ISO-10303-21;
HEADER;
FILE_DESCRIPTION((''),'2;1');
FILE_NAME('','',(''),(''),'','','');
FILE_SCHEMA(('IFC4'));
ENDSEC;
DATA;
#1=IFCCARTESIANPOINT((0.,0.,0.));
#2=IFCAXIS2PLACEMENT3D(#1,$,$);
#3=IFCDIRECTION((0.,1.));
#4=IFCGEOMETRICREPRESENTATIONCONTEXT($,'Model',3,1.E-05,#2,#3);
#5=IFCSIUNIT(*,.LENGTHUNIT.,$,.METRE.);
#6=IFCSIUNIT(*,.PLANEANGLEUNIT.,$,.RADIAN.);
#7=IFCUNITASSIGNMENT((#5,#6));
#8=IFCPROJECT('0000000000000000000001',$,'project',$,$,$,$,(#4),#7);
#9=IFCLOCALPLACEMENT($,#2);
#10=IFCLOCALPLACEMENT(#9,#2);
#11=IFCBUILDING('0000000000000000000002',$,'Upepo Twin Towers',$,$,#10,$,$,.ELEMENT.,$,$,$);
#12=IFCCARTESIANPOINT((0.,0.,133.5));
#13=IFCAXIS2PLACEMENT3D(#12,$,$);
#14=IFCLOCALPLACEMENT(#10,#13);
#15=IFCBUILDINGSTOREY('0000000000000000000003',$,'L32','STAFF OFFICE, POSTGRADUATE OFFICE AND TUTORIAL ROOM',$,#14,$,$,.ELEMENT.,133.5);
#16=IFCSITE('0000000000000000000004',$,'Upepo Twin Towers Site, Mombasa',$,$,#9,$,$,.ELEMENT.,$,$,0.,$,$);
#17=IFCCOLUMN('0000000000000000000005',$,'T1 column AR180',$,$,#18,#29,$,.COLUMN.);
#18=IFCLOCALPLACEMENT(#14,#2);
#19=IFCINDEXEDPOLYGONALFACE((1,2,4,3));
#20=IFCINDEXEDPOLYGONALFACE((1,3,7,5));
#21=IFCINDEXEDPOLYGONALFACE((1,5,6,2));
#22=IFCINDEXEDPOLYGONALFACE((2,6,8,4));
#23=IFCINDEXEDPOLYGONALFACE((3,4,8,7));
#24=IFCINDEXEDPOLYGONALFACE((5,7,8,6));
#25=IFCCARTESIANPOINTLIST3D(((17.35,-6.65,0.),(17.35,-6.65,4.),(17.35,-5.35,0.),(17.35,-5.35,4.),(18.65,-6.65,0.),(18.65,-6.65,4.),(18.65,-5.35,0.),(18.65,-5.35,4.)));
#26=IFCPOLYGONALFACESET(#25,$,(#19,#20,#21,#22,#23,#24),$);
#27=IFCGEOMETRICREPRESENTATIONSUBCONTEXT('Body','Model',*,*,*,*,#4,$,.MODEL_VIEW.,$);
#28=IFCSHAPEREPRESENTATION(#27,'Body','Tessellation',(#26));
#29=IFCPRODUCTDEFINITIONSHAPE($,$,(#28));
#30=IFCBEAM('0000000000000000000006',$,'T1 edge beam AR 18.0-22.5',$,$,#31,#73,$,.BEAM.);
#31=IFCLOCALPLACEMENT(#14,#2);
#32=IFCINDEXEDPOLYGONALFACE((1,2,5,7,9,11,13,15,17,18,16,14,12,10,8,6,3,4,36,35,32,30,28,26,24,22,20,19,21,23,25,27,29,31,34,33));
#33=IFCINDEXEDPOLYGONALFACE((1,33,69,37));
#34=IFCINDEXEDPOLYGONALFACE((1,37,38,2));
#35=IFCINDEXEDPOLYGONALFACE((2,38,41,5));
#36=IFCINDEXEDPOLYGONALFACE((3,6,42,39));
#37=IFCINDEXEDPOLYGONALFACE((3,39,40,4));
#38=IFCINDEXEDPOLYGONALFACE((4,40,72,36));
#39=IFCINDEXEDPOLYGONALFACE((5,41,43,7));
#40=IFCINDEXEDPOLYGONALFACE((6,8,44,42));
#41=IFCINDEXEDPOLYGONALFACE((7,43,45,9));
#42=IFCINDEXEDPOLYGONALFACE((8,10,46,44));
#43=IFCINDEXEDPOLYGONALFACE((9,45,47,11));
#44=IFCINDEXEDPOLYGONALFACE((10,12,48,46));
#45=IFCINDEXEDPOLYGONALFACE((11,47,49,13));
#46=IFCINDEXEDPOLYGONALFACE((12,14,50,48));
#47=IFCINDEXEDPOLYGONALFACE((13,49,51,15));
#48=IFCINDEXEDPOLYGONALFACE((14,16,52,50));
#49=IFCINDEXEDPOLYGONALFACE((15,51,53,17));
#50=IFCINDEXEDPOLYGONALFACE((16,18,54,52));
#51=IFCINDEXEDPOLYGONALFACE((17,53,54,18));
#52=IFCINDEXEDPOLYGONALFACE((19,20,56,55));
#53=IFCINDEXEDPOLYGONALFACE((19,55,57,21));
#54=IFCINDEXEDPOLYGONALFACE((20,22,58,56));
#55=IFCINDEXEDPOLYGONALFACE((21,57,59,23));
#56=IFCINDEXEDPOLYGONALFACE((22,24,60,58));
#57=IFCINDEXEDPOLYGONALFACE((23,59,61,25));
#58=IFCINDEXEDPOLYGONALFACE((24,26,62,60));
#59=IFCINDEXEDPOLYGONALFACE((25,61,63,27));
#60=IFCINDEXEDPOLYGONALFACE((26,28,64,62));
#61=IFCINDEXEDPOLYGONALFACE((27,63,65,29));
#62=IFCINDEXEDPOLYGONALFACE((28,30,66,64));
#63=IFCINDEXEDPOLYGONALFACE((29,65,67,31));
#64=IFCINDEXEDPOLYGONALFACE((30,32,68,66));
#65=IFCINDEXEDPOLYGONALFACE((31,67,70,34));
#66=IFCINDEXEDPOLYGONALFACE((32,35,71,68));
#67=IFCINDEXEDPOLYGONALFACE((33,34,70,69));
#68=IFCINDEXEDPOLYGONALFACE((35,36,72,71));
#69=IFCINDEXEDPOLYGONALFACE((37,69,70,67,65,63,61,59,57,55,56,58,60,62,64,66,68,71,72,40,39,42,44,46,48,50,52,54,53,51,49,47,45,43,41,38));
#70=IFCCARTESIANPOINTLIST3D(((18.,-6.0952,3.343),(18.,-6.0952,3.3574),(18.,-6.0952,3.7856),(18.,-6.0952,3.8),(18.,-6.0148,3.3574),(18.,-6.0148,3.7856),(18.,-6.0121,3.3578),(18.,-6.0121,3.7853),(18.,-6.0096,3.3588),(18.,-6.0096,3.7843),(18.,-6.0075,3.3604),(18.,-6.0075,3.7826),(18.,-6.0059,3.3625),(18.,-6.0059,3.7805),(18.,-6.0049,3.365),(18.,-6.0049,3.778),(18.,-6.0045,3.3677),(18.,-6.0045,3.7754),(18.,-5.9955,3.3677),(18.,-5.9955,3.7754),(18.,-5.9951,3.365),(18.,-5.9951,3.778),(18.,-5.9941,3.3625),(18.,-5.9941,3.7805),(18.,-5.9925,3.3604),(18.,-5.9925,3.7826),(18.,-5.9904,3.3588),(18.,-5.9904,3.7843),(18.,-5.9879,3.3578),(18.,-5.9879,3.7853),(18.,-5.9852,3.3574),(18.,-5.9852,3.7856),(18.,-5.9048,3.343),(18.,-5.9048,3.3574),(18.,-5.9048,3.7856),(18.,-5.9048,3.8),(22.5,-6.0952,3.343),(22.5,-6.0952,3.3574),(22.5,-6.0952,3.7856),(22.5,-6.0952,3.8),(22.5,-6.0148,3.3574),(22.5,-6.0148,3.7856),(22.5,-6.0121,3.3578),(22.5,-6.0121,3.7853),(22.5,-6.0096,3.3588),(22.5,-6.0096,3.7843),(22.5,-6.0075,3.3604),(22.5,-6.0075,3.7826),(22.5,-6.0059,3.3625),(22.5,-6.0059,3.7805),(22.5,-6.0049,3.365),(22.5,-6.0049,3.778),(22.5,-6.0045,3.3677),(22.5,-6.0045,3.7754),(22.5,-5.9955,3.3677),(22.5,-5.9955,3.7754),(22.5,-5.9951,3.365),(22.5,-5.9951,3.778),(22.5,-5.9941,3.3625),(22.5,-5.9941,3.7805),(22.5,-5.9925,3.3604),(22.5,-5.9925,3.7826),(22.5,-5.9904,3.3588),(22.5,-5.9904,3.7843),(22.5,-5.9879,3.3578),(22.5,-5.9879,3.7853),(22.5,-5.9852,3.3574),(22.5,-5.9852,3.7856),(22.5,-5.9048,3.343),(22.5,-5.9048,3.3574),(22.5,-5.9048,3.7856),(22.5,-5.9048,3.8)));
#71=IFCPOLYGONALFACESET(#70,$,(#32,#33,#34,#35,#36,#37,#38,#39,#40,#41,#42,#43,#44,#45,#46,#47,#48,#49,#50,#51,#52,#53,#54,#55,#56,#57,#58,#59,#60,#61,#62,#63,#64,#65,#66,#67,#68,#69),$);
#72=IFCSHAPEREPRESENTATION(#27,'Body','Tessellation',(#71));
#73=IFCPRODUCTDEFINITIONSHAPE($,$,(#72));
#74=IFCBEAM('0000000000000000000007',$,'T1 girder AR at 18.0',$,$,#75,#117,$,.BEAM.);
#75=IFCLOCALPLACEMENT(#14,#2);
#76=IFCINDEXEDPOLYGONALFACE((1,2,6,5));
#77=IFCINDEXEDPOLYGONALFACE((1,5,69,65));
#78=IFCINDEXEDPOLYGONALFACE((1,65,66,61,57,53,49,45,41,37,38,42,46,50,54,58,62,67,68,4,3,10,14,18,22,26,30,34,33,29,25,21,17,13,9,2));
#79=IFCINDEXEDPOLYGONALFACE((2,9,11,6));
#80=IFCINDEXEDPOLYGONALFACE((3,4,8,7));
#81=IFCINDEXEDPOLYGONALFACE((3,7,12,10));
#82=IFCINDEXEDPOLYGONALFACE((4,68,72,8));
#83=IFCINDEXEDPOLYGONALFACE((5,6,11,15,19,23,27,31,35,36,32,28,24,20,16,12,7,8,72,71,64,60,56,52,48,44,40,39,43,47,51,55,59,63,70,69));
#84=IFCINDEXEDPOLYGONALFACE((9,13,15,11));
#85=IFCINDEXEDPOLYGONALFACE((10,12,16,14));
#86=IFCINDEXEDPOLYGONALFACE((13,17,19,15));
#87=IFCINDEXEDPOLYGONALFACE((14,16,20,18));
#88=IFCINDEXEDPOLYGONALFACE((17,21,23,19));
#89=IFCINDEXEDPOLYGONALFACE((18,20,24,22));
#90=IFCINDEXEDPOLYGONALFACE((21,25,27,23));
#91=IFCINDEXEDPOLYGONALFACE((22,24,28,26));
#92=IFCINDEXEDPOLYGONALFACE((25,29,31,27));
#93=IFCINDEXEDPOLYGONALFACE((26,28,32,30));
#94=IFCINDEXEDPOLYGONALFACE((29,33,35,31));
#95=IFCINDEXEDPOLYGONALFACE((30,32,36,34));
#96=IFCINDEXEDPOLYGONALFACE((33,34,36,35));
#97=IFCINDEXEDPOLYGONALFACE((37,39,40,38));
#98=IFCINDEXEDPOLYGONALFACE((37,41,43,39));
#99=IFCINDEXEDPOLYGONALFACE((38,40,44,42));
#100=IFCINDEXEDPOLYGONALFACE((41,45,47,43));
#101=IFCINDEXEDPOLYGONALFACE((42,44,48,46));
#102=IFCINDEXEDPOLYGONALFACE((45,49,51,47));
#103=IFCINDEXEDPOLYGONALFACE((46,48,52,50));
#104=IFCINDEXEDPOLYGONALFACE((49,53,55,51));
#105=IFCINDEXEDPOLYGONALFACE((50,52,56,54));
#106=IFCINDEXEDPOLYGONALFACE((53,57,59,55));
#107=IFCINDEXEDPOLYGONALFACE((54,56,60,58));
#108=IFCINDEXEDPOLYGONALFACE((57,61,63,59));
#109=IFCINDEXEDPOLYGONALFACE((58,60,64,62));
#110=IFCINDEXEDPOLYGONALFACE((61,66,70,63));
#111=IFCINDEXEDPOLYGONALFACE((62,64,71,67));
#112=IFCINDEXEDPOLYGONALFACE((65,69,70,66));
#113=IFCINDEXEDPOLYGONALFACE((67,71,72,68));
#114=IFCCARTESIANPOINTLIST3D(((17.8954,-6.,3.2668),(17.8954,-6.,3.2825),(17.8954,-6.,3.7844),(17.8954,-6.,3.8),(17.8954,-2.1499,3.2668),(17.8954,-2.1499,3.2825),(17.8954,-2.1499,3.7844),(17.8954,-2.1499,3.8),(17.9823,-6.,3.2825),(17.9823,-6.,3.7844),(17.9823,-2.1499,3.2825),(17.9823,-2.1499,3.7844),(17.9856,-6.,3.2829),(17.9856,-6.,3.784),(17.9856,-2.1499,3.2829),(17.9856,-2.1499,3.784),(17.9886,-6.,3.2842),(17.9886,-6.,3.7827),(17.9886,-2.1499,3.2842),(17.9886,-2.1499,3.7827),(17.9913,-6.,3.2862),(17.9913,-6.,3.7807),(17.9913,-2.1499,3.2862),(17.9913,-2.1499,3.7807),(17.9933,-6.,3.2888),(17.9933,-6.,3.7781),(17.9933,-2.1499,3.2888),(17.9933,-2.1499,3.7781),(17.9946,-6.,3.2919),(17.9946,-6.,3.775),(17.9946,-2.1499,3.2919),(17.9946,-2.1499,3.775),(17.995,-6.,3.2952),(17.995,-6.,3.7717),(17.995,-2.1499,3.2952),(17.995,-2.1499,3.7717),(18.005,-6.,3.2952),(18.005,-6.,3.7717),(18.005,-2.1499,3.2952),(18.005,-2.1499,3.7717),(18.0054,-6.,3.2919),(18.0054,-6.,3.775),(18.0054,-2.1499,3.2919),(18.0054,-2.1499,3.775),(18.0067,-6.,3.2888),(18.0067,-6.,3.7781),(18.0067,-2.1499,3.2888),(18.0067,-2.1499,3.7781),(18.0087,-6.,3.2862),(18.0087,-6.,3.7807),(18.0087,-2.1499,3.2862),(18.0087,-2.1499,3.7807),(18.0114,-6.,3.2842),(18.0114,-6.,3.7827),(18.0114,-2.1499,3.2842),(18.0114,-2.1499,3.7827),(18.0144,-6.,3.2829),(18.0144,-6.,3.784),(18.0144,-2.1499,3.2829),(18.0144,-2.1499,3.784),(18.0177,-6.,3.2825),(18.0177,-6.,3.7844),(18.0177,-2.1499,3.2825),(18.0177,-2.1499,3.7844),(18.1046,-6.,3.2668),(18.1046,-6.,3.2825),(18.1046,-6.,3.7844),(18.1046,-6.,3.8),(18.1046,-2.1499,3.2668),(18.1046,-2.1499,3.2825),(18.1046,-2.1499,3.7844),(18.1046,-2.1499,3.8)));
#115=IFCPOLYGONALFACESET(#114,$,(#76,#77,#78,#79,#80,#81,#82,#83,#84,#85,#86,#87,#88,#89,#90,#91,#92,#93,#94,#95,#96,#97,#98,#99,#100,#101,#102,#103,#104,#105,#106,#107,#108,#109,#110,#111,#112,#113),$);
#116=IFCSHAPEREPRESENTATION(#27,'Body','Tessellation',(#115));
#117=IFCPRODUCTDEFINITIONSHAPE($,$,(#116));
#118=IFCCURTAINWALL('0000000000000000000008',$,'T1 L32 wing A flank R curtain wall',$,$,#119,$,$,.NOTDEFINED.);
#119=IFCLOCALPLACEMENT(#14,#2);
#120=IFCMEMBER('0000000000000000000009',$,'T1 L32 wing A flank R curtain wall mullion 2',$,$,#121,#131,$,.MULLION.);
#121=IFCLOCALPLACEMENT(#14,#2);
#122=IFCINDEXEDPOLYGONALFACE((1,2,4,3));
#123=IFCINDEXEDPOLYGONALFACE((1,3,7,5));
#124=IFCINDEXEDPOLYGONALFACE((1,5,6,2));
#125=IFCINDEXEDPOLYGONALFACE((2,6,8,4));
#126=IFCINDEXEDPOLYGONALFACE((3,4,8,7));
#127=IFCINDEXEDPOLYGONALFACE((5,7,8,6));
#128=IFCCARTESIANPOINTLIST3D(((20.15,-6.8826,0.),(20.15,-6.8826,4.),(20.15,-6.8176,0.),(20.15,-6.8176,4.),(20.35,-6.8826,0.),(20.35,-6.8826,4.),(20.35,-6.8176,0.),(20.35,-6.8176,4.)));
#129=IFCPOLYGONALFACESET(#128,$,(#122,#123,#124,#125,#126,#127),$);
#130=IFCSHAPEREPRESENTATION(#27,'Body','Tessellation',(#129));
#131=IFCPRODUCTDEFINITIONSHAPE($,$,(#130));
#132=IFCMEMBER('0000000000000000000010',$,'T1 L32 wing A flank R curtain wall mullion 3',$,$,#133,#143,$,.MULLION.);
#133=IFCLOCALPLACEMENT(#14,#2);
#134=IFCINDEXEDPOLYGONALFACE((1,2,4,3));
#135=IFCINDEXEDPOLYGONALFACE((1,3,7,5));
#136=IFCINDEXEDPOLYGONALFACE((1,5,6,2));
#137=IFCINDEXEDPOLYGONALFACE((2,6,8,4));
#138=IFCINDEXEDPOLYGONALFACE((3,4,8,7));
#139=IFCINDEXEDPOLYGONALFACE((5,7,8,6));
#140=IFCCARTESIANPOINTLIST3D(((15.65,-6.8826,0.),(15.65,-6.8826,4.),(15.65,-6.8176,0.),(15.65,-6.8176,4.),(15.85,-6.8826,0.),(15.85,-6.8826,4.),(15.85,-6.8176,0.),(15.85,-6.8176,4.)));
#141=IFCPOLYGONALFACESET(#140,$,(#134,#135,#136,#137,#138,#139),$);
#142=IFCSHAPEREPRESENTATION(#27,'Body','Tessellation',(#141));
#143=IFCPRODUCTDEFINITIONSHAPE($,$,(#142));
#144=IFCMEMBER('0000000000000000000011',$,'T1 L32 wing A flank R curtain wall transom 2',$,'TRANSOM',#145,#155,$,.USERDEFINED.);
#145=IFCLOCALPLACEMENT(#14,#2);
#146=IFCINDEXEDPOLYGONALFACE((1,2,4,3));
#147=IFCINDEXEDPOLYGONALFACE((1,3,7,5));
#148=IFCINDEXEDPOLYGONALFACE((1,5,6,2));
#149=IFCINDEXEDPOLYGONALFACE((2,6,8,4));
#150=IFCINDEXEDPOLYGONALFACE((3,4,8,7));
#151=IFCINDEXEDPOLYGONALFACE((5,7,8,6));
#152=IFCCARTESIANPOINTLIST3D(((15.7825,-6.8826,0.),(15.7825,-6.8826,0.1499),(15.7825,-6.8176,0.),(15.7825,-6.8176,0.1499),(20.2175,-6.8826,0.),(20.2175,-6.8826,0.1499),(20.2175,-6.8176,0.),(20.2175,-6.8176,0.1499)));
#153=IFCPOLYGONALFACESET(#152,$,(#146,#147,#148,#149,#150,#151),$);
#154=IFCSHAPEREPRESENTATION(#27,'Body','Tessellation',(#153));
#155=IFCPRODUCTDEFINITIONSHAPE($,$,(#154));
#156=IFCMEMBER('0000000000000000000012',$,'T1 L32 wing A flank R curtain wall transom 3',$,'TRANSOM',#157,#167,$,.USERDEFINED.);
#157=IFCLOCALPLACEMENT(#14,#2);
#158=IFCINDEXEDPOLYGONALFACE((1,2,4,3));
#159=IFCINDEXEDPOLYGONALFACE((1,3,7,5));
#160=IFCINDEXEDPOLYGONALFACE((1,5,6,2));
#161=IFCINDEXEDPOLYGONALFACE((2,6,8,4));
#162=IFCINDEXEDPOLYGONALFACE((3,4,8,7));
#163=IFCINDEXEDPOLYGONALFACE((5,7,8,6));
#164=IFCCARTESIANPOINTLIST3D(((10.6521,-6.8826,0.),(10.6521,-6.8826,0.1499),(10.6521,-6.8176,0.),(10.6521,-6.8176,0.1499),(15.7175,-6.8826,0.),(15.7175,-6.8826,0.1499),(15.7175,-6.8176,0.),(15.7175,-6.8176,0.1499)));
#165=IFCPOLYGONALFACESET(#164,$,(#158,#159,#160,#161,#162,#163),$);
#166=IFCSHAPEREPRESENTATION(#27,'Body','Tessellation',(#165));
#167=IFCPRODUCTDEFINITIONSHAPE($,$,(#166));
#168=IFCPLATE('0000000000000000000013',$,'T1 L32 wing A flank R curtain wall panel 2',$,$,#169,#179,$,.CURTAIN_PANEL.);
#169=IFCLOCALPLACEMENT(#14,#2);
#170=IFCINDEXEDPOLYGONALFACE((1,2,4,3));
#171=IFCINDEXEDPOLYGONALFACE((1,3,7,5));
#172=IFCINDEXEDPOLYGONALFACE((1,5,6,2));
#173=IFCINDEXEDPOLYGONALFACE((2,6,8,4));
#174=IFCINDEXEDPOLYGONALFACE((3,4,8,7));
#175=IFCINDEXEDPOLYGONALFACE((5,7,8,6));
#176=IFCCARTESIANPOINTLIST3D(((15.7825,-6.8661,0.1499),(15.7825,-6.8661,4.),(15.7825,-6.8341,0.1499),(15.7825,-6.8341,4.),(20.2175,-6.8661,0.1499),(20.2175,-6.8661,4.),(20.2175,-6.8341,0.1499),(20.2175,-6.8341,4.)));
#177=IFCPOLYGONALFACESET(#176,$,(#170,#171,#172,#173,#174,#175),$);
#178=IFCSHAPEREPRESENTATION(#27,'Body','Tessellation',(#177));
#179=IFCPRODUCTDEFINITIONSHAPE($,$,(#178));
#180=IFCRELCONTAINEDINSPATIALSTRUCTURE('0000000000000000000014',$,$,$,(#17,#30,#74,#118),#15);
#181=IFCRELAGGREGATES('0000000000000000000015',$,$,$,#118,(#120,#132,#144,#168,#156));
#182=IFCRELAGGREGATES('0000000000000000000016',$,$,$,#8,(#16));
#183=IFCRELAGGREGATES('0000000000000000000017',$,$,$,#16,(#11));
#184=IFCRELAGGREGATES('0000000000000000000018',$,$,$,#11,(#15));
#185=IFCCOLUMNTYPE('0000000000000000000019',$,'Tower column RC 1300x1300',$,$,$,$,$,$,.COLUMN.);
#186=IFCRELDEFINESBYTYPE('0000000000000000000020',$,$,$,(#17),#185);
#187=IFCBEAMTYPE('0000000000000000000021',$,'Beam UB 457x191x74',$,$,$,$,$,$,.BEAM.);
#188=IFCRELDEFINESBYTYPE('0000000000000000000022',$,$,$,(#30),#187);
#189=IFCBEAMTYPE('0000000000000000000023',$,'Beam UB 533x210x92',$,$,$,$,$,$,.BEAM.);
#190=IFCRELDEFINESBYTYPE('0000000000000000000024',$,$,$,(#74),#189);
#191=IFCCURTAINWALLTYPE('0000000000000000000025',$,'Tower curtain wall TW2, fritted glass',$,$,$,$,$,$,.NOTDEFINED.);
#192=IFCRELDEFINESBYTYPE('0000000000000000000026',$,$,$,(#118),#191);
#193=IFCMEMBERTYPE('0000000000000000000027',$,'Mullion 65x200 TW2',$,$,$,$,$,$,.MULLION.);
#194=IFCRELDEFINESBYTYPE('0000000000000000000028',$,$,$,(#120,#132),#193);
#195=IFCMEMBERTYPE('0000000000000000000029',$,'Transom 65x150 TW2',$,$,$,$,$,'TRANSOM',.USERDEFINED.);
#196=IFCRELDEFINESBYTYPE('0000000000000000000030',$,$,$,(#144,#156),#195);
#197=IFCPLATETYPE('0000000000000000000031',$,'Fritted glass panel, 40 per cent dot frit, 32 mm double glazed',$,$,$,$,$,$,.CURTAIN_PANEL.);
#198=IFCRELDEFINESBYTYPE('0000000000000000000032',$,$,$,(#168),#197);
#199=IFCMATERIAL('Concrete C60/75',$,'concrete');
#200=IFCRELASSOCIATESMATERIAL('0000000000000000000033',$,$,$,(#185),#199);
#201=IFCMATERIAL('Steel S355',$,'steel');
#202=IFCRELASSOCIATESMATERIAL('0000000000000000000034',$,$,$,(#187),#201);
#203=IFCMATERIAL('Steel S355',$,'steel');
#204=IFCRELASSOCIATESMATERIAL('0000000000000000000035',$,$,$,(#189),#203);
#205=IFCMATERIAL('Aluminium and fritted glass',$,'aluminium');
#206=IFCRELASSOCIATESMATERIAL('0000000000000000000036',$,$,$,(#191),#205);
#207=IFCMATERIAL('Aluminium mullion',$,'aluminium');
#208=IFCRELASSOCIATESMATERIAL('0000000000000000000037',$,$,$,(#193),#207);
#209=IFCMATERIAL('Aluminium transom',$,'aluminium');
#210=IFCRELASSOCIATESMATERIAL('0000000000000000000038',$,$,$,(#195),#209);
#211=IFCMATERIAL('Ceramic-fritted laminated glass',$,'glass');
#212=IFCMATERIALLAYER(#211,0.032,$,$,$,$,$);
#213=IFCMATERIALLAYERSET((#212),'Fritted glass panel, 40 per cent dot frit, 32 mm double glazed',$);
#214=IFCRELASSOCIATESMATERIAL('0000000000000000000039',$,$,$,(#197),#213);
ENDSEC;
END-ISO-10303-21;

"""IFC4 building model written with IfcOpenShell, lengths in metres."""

from ifc_helpers import new_model, si_unit, direction, frame, origin, origin_2d, place, context, subcontext, project, spatial, rectangle, i_section, extrude, material, layer, layer_set, material_profile, profile_set, type_object, element, aggregate, save


model = new_model("IFC4")

# Units and contexts
model_context = context("Model", 3, precision=1e-05, world=origin(), true_north=direction((0.0, 1.0)))
body_context = subcontext(model_context, "Body", "Model", "MODEL_VIEW")
ifc_project = project(units=[si_unit("LENGTHUNIT", "METRE"), si_unit("PLANEANGLEUNIT", "RADIAN")], contexts=[model_context])

# Site, building, storey
site_placement = place(None, origin())
site = spatial("IfcSite", under=ifc_project, at=site_placement, Name="Upepo Twin Towers Site, Mombasa", CompositionType="ELEMENT", RefElevation=0.0)
building_placement = place(site_placement, origin())
building = spatial("IfcBuilding", under=site, at=building_placement, Name="Upepo Twin Towers", CompositionType="ELEMENT")
storey_placement = place(building_placement, frame((0.0, 0.0, 133.5)))
storey = spatial("IfcBuildingStorey", under=building, at=storey_placement, Name="L32", Description="STAFF OFFICE, POSTGRADUATE OFFICE AND TUTORIAL ROOM", CompositionType="ELEMENT", Elevation=133.5)

# Column
ifc_material_1 = material(Name="Concrete C60/75", Category="concrete")
ifc_material_profile_1 = material_profile(ifc_material_1, rectangle(XDim=1.3, YDim=1.3, at=origin_2d()), Name="RC 1300x1300")
ifc_profile_set_1 = profile_set([ifc_material_profile_1], Name="Concrete C60/75")
column_type = type_object("IfcColumnType", Name="Tower column RC 1300x1300", PredefinedType="COLUMN", material=ifc_profile_set_1)
column_placement = place(storey_placement, frame((18.0, -6.0, 0.0), z_axis=(0.0, 0.0, 1.0), x_axis=(1.0, 0.0, 0.0)))
element("IfcColumn", 1, at=column_placement, inside=storey, type_object=column_type, Name="T1 column AR180", PredefinedType="COLUMN", context=body_context, shape_type="SweptSolid", body=[
    extrude(rectangle(XDim=1.3, YDim=1.3, at=origin_2d()), origin(), (0.0, 0.0, 1.0), 4.0),
])

# Beams
ifc_material_2 = material(Name="Steel S355", Category="steel")
ifc_material_profile_2 = material_profile(ifc_material_2, i_section(OverallWidth=0.1904, OverallDepth=0.457, WebThickness=0.009, FlangeThickness=0.0144, FilletRadius=0.0103, at=origin_2d()), Name="UB 457x191x74")
ifc_profile_set_2 = profile_set([ifc_material_profile_2], Name="Steel S355")
beam_type_1 = type_object("IfcBeamType", Name="Beam UB 457x191x74", PredefinedType="BEAM", material=ifc_profile_set_2)
beam_1_placement = place(storey_placement, frame((18.0, -6.0, 3.5715), z_axis=(1.0, 0.0, 0.0), x_axis=(0.0, 1.0, 0.0)))
element("IfcBeam", 2, at=beam_1_placement, inside=storey, type_object=beam_type_1, Name="T1 edge beam AR 18.0-22.5", PredefinedType="BEAM", context=body_context, shape_type="SweptSolid", body=[
    extrude(i_section(OverallWidth=0.1904, OverallDepth=0.457, WebThickness=0.009, FlangeThickness=0.0144, FilletRadius=0.0103, at=origin_2d()), origin(), (0.0, 0.0, 1.0), 4.5),
])
ifc_material_3 = material(Name="Steel S355", Category="steel")
ifc_material_profile_3 = material_profile(ifc_material_3, i_section(OverallWidth=0.2092, OverallDepth=0.5332, WebThickness=0.01, FlangeThickness=0.0156, FilletRadius=0.0127, at=origin_2d()), Name="UB 533x210x92")
ifc_profile_set_3 = profile_set([ifc_material_profile_3], Name="Steel S355")
beam_type_2 = type_object("IfcBeamType", Name="Beam UB 533x210x92", PredefinedType="BEAM", material=ifc_profile_set_3)
beam_2_placement = place(storey_placement, frame((18.0, -6.0, 3.5334), z_axis=(0.0, 1.0, 0.0), x_axis=(-1.0, 0.0, 0.0)))
element("IfcBeam", 3, at=beam_2_placement, inside=storey, type_object=beam_type_2, Name="T1 girder AR at 18.0", PredefinedType="BEAM", context=body_context, shape_type="SweptSolid", body=[
    extrude(i_section(OverallWidth=0.2092, OverallDepth=0.5332, WebThickness=0.01, FlangeThickness=0.0156, FilletRadius=0.0127, at=origin_2d()), origin(), (0.0, 0.0, 1.0), 3.8501),
])

# Curtain wall, members, plate
ifc_material_4 = material(Name="Aluminium and fritted glass", Category="aluminium")
curtain_wall_type = type_object("IfcCurtainWallType", Name="Tower curtain wall TW2, fritted glass", PredefinedType="NOTDEFINED", material=ifc_material_4)
curtain_wall_placement = place(storey_placement, origin())
curtain_wall = element("IfcCurtainWall", 4, at=curtain_wall_placement, inside=storey, type_object=curtain_wall_type, Name="T1 L32 wing A flank R curtain wall", PredefinedType="NOTDEFINED")
ifc_material_5 = material(Name="Aluminium mullion", Category="aluminium")
ifc_material_profile_4 = material_profile(ifc_material_5, rectangle(XDim=0.0649, YDim=0.2, at=origin_2d()), Name="MULLION 65x200")
ifc_profile_set_4 = profile_set([ifc_material_profile_4], Name="Aluminium mullion")
member_type_1 = type_object("IfcMemberType", Name="Mullion 65x200 TW2", PredefinedType="MULLION", material=ifc_profile_set_4)
member_1_placement = place(storey_placement, frame((20.25, -6.8501, 0.0), z_axis=(0.0, 0.0, 1.0), x_axis=(0.0, -1.0, 0.0)))
member_1 = element("IfcMember", 5, at=member_1_placement, type_object=member_type_1, Name="T1 L32 wing A flank R curtain wall mullion 2", PredefinedType="MULLION", context=body_context, shape_type="SweptSolid", body=[
    extrude(rectangle(XDim=0.0649, YDim=0.2, at=origin_2d()), origin(), (0.0, 0.0, 1.0), 4.0),
])
member_2_placement = place(storey_placement, frame((15.75, -6.8501, 0.0), z_axis=(0.0, 0.0, 1.0), x_axis=(0.0, -1.0, 0.0)))
member_2 = element("IfcMember", 6, at=member_2_placement, type_object=member_type_1, Name="T1 L32 wing A flank R curtain wall mullion 3", PredefinedType="MULLION", context=body_context, shape_type="SweptSolid", body=[
    extrude(rectangle(XDim=0.0649, YDim=0.2, at=origin_2d()), origin(), (0.0, 0.0, 1.0), 4.0),
])
ifc_material_6 = material(Name="Aluminium transom", Category="aluminium")
ifc_material_profile_5 = material_profile(ifc_material_6, rectangle(XDim=0.0649, YDim=0.1499, at=origin_2d()), Name="TRANSOM 65x150")
ifc_profile_set_5 = profile_set([ifc_material_profile_5], Name="Aluminium transom")
member_type_2 = type_object("IfcMemberType", Name="Transom 65x150 TW2", ElementType="TRANSOM", PredefinedType="USERDEFINED", material=ifc_profile_set_5)
member_3_placement = place(storey_placement, frame((20.2175, -6.8501, 0.075), z_axis=(-1.0, 0.0, 0.0), x_axis=(0.0, -1.0, 0.0)))
member_3 = element("IfcMember", 7, at=member_3_placement, type_object=member_type_2, Name="T1 L32 wing A flank R curtain wall transom 2", ObjectType="TRANSOM", PredefinedType="USERDEFINED", context=body_context, shape_type="SweptSolid", body=[
    extrude(rectangle(XDim=0.0649, YDim=0.1499, at=origin_2d()), origin(), (0.0, 0.0, 1.0), 4.4351),
])
member_4_placement = place(storey_placement, frame((15.7175, -6.8501, 0.075), z_axis=(-1.0, 0.0, 0.0), x_axis=(0.0, -1.0, 0.0)))
member_4 = element("IfcMember", 8, at=member_4_placement, type_object=member_type_2, Name="T1 L32 wing A flank R curtain wall transom 3", ObjectType="TRANSOM", PredefinedType="USERDEFINED", context=body_context, shape_type="SweptSolid", body=[
    extrude(rectangle(XDim=0.0649, YDim=0.1499, at=origin_2d()), origin(), (0.0, 0.0, 1.0), 5.0654),
])
ifc_material_7 = material(Name="Ceramic-fritted laminated glass", Category="glass")
ifc_layer_1 = layer(ifc_material_7, 0.032)
ifc_layer_set_1 = layer_set([ifc_layer_1], Name="Fritted glass panel, 40 per cent dot frit, 32 mm double glazed")
plate_type = type_object("IfcPlateType", Name="Fritted glass panel, 40 per cent dot frit, 32 mm double glazed", PredefinedType="CURTAIN_PANEL", material=ifc_layer_set_1)
plate_placement = place(storey_placement, frame((18.0, -6.8501, 0.1499), z_axis=(0.0, 0.0, 1.0), x_axis=(-1.0, 0.0, 0.0)))
plate = element("IfcPlate", 9, at=plate_placement, type_object=plate_type, Name="T1 L32 wing A flank R curtain wall panel 2", PredefinedType="CURTAIN_PANEL", context=body_context, shape_type="SweptSolid", body=[
    extrude(rectangle(XDim=4.4351, YDim=0.032, at=origin_2d()), origin(), (0.0, 0.0, 1.0), 3.8501),
])
aggregate(curtain_wall, [member_1, member_2, member_3, plate, member_4])

save(model, "model.ifc")
